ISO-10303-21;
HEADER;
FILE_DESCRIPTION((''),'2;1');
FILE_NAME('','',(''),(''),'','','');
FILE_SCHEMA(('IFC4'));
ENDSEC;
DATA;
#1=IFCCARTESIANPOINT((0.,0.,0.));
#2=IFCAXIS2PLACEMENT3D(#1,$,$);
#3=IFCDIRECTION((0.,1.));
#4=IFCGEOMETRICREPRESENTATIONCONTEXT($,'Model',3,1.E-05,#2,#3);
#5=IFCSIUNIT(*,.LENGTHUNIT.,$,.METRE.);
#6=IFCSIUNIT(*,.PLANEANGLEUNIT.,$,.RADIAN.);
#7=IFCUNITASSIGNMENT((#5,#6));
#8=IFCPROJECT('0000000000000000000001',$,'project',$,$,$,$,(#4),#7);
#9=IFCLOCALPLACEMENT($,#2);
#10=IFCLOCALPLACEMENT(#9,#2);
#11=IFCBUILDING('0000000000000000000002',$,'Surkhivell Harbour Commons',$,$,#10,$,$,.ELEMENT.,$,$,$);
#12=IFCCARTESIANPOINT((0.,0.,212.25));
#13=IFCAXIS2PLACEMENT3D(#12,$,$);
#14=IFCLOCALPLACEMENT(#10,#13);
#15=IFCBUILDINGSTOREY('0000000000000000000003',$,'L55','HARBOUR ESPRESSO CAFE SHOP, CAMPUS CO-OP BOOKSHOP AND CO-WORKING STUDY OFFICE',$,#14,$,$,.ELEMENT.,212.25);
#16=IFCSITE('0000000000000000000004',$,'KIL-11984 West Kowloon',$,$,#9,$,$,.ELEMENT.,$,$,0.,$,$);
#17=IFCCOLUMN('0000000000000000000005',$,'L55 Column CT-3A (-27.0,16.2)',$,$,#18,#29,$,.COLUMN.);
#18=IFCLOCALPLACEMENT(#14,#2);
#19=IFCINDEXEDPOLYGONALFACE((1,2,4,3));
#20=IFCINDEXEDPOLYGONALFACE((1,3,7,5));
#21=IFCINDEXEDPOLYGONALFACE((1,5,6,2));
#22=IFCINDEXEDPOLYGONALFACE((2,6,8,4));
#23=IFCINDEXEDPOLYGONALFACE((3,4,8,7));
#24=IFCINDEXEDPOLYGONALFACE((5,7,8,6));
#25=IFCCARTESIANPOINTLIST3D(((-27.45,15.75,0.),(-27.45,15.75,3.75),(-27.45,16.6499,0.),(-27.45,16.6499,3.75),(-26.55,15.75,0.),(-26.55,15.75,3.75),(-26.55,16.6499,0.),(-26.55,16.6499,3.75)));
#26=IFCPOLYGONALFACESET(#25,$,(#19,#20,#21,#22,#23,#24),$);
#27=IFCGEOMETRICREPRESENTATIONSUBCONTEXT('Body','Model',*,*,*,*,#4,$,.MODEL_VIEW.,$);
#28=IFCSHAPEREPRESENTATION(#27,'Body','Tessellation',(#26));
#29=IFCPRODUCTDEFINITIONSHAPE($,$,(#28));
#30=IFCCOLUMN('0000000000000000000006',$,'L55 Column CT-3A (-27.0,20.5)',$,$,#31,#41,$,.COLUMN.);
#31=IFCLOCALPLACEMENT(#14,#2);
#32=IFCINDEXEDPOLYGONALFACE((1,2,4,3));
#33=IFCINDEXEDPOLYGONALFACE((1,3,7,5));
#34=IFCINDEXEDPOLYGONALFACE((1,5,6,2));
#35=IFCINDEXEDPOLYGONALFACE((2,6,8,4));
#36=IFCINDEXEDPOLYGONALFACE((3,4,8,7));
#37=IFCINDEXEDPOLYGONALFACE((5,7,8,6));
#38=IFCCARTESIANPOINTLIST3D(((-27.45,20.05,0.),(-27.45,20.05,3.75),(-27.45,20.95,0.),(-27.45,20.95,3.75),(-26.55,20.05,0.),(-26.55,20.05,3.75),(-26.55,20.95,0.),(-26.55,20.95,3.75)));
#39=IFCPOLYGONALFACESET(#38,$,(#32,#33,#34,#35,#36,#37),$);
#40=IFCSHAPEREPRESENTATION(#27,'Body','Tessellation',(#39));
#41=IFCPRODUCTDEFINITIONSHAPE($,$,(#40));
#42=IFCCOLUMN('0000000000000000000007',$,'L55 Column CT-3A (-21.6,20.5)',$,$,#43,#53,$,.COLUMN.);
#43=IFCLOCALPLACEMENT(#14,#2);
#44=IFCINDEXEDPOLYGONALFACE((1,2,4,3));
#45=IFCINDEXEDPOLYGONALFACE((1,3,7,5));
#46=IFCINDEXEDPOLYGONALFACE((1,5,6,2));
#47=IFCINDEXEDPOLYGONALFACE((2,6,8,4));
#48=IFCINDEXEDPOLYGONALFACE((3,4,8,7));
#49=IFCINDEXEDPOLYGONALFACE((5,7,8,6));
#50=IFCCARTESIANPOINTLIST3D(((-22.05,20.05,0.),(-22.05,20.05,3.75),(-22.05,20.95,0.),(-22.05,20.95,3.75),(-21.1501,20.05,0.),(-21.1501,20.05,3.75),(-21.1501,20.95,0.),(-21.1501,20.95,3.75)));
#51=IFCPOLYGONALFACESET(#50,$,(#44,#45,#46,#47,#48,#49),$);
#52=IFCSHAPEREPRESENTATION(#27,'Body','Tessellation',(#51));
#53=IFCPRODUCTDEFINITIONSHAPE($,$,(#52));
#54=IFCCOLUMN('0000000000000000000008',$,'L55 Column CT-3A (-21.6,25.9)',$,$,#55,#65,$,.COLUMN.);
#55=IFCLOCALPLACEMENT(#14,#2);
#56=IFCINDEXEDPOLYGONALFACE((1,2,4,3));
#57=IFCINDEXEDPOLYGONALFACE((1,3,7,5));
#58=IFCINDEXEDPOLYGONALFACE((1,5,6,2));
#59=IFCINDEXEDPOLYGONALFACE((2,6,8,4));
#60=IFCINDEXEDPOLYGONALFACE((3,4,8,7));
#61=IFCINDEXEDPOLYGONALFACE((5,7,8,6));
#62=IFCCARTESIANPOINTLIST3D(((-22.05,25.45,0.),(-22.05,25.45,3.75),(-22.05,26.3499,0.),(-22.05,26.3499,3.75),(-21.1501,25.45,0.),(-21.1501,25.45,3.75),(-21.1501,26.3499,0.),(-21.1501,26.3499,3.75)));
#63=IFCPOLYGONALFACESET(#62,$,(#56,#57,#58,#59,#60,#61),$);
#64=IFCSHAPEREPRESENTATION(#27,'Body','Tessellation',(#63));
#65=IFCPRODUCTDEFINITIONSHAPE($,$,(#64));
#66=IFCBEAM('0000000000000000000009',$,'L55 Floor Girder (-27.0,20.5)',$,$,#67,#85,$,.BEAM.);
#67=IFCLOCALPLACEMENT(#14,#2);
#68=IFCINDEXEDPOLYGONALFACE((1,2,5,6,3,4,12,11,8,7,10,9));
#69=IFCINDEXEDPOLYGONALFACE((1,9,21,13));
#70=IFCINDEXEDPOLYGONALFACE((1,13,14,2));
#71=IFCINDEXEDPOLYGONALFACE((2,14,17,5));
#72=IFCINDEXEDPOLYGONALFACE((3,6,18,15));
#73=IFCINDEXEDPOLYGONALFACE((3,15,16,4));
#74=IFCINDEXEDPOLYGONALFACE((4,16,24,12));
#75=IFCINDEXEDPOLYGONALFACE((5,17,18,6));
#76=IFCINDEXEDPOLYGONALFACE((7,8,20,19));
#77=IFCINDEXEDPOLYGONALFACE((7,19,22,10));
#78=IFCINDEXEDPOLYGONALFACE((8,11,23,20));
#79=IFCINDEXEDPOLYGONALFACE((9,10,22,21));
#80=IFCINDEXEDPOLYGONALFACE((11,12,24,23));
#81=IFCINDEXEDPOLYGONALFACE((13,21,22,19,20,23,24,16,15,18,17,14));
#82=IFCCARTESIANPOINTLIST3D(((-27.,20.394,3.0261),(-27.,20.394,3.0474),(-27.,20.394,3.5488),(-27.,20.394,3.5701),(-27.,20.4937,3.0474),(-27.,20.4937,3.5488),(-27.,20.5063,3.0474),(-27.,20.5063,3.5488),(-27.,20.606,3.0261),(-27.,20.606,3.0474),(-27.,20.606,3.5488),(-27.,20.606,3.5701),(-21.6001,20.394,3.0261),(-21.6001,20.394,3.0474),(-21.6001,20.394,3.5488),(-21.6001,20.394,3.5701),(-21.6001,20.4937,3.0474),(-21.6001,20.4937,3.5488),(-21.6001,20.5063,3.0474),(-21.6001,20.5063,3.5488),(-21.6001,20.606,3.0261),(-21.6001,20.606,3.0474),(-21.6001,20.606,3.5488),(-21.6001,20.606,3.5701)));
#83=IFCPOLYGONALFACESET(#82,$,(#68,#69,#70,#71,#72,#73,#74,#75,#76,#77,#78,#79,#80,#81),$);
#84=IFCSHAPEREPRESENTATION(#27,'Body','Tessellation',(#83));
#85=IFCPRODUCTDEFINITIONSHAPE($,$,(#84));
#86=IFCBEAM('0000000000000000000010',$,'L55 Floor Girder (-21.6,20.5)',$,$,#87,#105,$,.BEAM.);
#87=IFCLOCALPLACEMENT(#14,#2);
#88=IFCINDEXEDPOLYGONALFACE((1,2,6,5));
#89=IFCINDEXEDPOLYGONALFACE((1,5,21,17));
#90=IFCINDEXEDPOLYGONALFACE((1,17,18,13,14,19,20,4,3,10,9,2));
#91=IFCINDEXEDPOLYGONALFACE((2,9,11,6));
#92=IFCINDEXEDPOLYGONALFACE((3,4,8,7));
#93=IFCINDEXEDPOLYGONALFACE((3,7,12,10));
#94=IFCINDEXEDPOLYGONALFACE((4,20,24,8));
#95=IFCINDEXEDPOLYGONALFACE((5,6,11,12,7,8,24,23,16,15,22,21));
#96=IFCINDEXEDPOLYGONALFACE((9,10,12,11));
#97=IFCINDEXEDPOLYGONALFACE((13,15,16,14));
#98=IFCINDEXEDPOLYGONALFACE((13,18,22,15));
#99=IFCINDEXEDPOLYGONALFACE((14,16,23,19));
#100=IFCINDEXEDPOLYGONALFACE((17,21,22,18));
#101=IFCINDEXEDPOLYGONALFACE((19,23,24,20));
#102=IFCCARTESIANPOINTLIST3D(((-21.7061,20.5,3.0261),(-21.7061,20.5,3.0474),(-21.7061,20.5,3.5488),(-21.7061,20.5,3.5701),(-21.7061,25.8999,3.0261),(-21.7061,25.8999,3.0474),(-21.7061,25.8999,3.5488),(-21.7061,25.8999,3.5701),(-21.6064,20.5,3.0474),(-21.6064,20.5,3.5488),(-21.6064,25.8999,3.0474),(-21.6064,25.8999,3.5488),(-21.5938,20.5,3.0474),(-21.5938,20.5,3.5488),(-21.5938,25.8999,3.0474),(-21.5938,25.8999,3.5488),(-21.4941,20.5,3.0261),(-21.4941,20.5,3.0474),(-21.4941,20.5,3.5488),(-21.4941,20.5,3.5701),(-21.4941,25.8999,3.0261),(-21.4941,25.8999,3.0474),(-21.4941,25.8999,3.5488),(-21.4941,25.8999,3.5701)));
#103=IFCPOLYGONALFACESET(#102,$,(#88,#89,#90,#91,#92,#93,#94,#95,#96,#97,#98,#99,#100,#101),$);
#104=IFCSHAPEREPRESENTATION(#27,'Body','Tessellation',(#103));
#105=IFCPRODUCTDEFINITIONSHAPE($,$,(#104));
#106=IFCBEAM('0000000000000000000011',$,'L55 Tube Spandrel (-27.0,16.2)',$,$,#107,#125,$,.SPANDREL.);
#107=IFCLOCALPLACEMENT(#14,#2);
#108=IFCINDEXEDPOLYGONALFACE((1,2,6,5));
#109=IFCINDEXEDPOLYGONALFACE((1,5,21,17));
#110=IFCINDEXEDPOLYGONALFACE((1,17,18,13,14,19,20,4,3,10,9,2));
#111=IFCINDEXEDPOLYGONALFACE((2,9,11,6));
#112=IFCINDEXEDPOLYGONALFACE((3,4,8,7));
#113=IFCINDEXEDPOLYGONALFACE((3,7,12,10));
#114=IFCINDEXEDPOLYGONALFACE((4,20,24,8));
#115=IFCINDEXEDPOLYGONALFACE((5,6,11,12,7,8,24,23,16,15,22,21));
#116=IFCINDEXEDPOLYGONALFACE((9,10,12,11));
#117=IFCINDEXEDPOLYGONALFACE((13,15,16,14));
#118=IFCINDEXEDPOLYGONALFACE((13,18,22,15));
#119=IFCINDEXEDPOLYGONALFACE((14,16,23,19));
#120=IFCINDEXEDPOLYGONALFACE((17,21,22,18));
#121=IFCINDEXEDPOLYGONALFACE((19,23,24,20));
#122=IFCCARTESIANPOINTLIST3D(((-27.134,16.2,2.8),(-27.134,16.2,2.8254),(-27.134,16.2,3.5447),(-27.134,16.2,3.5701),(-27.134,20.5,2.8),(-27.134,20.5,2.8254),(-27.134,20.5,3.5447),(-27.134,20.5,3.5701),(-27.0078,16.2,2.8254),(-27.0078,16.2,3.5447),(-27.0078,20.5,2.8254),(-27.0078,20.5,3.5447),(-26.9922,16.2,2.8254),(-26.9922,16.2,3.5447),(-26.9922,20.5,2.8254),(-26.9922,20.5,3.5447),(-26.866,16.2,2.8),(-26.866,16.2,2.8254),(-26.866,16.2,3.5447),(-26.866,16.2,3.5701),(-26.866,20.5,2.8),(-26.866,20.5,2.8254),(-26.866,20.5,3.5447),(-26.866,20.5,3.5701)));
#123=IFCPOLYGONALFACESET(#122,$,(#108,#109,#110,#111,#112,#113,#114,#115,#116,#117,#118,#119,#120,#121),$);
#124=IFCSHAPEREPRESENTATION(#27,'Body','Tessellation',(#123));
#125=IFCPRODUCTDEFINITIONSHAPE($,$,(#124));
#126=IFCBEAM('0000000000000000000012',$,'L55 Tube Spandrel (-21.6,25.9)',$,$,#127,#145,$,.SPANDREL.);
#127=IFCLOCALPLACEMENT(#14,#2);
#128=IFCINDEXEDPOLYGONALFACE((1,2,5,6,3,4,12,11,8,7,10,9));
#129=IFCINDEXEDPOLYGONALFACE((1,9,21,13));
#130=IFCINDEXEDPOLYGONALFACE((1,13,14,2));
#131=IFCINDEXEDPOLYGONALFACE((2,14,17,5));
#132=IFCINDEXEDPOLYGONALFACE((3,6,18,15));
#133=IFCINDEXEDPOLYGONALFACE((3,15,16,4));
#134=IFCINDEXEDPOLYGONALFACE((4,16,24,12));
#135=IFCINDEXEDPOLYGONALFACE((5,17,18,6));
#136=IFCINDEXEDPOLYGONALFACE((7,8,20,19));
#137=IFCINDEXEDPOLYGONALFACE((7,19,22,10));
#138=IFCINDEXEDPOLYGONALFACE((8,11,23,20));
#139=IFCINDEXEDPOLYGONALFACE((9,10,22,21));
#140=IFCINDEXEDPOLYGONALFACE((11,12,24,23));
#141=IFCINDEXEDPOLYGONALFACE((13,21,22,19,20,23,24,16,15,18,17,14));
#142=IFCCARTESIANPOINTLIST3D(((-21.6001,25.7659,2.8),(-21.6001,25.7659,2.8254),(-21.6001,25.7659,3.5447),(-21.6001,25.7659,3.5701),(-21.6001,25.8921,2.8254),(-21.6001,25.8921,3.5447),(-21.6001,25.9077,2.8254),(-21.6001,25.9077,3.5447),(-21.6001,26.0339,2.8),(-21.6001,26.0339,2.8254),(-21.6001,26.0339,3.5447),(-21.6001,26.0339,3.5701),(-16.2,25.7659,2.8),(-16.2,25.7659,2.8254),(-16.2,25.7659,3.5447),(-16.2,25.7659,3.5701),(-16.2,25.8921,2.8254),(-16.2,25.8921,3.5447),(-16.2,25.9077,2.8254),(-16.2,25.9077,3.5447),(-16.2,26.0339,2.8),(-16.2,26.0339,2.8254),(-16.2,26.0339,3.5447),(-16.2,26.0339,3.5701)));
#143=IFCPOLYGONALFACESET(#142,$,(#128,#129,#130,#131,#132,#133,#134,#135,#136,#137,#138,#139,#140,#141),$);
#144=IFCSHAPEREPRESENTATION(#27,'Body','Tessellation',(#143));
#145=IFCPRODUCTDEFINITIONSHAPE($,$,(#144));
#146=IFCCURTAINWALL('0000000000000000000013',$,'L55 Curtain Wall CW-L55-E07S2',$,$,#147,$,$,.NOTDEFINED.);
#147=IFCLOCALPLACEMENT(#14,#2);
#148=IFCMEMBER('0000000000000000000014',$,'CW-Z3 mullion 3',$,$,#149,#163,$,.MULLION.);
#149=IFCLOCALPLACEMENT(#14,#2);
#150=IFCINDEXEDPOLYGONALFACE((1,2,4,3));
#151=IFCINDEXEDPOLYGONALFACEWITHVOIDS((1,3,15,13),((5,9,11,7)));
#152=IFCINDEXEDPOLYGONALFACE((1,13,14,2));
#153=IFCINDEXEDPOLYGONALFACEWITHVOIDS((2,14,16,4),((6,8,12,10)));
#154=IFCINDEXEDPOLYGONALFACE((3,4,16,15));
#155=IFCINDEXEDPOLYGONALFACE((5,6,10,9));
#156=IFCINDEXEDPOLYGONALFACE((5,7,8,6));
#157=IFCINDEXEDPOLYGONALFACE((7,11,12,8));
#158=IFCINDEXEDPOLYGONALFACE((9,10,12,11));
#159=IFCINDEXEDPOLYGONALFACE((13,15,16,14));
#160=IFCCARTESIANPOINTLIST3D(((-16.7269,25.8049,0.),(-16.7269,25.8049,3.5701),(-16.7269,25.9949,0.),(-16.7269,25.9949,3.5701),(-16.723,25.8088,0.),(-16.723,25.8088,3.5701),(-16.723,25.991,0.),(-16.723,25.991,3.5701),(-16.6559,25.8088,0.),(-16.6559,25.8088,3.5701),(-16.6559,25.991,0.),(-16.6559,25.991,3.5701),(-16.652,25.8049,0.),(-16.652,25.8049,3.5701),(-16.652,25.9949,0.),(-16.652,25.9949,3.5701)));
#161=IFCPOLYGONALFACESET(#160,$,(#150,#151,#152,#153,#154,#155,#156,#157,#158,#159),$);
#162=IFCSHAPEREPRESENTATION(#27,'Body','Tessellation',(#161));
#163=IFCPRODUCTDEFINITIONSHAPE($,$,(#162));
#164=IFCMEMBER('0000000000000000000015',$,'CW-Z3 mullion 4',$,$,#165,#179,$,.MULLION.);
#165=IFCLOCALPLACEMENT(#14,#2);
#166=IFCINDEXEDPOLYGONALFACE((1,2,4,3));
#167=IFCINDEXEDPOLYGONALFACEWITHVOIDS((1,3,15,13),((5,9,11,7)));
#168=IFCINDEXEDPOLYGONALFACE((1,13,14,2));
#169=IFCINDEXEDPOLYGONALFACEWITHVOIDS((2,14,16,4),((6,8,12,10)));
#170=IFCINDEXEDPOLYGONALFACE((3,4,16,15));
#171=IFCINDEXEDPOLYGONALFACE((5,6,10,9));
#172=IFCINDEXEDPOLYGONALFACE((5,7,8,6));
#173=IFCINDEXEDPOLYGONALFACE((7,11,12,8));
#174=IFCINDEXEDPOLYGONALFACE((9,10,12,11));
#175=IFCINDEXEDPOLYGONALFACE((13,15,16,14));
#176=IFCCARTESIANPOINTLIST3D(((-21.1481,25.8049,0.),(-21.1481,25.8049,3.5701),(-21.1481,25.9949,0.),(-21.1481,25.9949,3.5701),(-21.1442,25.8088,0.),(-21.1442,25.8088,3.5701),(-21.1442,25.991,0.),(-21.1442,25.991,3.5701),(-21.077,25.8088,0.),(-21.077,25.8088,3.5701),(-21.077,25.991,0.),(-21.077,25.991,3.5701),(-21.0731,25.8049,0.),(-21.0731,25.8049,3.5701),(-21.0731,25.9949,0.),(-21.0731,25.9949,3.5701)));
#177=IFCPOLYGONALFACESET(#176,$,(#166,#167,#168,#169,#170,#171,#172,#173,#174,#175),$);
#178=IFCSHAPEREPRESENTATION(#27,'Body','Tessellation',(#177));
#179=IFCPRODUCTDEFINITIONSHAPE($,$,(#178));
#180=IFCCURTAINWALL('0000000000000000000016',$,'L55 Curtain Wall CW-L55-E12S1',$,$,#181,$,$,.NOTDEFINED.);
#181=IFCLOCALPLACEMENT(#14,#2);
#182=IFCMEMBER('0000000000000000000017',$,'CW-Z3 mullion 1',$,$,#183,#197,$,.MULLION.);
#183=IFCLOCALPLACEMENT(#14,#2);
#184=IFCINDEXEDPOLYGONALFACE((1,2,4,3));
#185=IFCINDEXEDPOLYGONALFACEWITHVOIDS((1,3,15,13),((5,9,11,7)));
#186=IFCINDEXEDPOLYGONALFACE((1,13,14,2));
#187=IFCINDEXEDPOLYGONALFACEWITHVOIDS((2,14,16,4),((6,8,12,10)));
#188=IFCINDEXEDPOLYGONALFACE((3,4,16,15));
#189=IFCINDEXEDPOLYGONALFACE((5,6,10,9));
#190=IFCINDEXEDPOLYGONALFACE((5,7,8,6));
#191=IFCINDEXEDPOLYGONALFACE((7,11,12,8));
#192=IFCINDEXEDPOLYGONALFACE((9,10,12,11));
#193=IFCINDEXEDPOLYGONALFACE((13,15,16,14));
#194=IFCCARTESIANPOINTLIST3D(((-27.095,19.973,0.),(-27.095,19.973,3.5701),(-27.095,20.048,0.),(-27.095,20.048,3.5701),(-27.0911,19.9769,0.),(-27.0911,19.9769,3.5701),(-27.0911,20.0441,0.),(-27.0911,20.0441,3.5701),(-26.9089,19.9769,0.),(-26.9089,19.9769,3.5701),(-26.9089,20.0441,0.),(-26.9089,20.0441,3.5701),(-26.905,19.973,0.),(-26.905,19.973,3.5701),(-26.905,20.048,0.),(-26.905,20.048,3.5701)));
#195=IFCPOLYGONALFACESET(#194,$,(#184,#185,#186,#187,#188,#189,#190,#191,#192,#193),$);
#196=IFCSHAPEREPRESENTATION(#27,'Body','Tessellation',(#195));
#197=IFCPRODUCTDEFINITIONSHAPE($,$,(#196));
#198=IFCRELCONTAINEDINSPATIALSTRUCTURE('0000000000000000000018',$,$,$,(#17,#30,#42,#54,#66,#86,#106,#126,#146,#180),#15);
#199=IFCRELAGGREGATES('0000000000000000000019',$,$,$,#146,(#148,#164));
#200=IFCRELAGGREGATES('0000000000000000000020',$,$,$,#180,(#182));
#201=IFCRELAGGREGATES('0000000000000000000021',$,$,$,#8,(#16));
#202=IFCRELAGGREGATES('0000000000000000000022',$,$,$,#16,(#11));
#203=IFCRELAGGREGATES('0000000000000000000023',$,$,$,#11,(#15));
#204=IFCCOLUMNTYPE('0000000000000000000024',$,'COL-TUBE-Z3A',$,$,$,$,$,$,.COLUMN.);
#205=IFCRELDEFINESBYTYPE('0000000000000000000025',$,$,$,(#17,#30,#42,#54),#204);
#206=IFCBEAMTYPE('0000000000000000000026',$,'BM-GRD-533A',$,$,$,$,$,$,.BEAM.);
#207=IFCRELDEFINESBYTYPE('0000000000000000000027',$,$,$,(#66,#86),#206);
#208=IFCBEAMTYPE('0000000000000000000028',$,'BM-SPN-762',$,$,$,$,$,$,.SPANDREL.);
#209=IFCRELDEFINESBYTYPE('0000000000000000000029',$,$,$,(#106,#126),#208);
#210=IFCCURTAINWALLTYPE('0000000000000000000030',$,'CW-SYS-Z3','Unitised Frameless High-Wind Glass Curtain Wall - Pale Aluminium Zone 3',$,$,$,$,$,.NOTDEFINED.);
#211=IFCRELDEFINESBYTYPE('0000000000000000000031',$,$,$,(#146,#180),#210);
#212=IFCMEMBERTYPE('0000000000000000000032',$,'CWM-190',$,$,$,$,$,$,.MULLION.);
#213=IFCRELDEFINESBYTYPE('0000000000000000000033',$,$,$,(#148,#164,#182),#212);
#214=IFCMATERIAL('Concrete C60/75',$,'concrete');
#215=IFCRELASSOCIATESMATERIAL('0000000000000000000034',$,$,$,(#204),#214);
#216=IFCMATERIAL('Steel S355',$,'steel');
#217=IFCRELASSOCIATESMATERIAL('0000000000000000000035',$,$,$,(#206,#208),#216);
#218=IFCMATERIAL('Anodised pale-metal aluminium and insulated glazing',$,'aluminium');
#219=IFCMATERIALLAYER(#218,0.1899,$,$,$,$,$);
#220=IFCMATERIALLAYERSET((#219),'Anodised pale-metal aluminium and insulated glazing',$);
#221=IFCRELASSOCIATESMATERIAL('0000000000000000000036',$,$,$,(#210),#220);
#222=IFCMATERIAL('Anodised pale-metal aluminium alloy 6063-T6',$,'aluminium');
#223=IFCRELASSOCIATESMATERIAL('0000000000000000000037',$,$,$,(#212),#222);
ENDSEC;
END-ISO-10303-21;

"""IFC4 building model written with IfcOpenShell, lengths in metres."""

from ifc_helpers import new_model, si_unit, direction, frame, origin, origin_2d, place, context, subcontext, project, spatial, rectangle, hollow_rectangle, i_section, extrude, material, layer, layer_set, material_profile, profile_set, type_object, element, aggregate, save


model = new_model("IFC4")

# Units and contexts
model_context = context("Model", 3, precision=1e-05, world=origin(), true_north=direction((0.0, 1.0)))
body_context = subcontext(model_context, "Body", "Model", "MODEL_VIEW")
ifc_project = project(units=[si_unit("LENGTHUNIT", "METRE"), si_unit("PLANEANGLEUNIT", "RADIAN")], contexts=[model_context])

# Site, building, storey
site_placement = place(None, origin())
site = spatial("IfcSite", under=ifc_project, at=site_placement, Name="KIL-11984 West Kowloon", CompositionType="ELEMENT", RefElevation=0.0)
building_placement = place(site_placement, origin())
building = spatial("IfcBuilding", under=site, at=building_placement, Name="Surkhivell Harbour Commons", CompositionType="ELEMENT")
storey_placement = place(building_placement, frame((0.0, 0.0, 212.25)))
storey = spatial("IfcBuildingStorey", under=building, at=storey_placement, Name="L55", Description="HARBOUR ESPRESSO CAFE SHOP, CAMPUS CO-OP BOOKSHOP AND CO-WORKING STUDY OFFICE", CompositionType="ELEMENT", Elevation=212.25)

# Columns
ifc_material_1 = material(Name="Concrete C60/75", Category="concrete")
ifc_material_profile_1 = material_profile(ifc_material_1, rectangle(XDim=0.8999, YDim=0.8999, at=origin_2d()), Name="RC-COL-900x900")
ifc_profile_set_1 = profile_set([ifc_material_profile_1], Name="Concrete C60/75")
column_type = type_object("IfcColumnType", Name="COL-TUBE-Z3A", PredefinedType="COLUMN", material=ifc_profile_set_1)
for number, where, z_axis, x_axis, name in (
    (1, (-27.0, 16.2, 0.0), (0.0, 0.0, 1.0), (1.0, 0.0, 0.0), "L55 Column CT-3A (-27.0,16.2)"),
    (2, (-27.0, 20.5, 0.0), (0.0, 0.0, 1.0), (1.0, 0.0, 0.0), "L55 Column CT-3A (-27.0,20.5)"),
    (3, (-21.6001, 20.5, 0.0), (0.0, 0.0, 1.0), (1.0, 0.0, 0.0), "L55 Column CT-3A (-21.6,20.5)"),
    (4, (-21.6001, 25.8999, 0.0), (0.0, 0.0, 1.0), (1.0, 0.0, 0.0), "L55 Column CT-3A (-21.6,25.9)"),
):
    element("IfcColumn", number, at=place(storey_placement, frame(where, z_axis=z_axis, x_axis=x_axis)), inside=storey, type_object=column_type, Name=name, PredefinedType="COLUMN", context=body_context, shape_type="SweptSolid", body=[
        extrude(rectangle(XDim=0.8999, YDim=0.8999, at=origin_2d()), origin(), (0.0, 0.0, 1.0), 3.75),
    ])

# Beams
ifc_material_2 = material(Name="Steel S355", Category="steel")
ifc_material_profile_2 = material_profile(ifc_material_2, i_section(OverallWidth=0.2119, OverallDepth=0.5439, WebThickness=0.0127, FlangeThickness=0.0212, at=origin_2d()), Name="UB533x210x122")
ifc_profile_set_2 = profile_set([ifc_material_profile_2], Name="Steel S355")
beam_type_1 = type_object("IfcBeamType", Name="BM-GRD-533A", PredefinedType="BEAM", material=ifc_profile_set_2)
for number, where, z_axis, x_axis, name in (
    (5, (-27.0, 20.5, 3.2981), (1.0, 0.0, 0.0), (0.0, 1.0, 0.0), "L55 Floor Girder (-27.0,20.5)"),
    (6, (-21.6001, 20.5, 3.2981), (0.0, 1.0, 0.0), (-1.0, 0.0, 0.0), "L55 Floor Girder (-21.6,20.5)"),
):
    element("IfcBeam", number, at=place(storey_placement, frame(where, z_axis=z_axis, x_axis=x_axis)), inside=storey, type_object=beam_type_1, Name=name, PredefinedType="BEAM", context=body_context, shape_type="SweptSolid", body=[
        extrude(i_section(OverallWidth=0.2119, OverallDepth=0.5439, WebThickness=0.0127, FlangeThickness=0.0212, at=origin_2d()), origin(), (0.0, 0.0, 1.0), 5.3999),
    ])
ifc_material_profile_3 = material_profile(ifc_material_2, i_section(OverallWidth=0.2681, OverallDepth=0.77, WebThickness=0.0156, FlangeThickness=0.0254, at=origin_2d()), Name="UB762x267x197")
ifc_profile_set_3 = profile_set([ifc_material_profile_3], Name="Steel S355")
beam_type_2 = type_object("IfcBeamType", Name="BM-SPN-762", PredefinedType="SPANDREL", material=ifc_profile_set_3)
beam_1_placement = place(storey_placement, frame((-27.0, 16.2, 3.1851), z_axis=(0.0, 1.0, 0.0), x_axis=(-1.0, 0.0, 0.0)))
element("IfcBeam", 7, at=beam_1_placement, inside=storey, type_object=beam_type_2, Name="L55 Tube Spandrel (-27.0,16.2)", PredefinedType="SPANDREL", context=body_context, shape_type="SweptSolid", body=[
    extrude(i_section(OverallWidth=0.2681, OverallDepth=0.77, WebThickness=0.0156, FlangeThickness=0.0254, at=origin_2d()), origin(), (0.0, 0.0, 1.0), 4.3),
])
beam_2_placement = place(storey_placement, frame((-21.6001, 25.8999, 3.1851), z_axis=(1.0, 0.0, 0.0), x_axis=(0.0, 1.0, 0.0)))
element("IfcBeam", 8, at=beam_2_placement, inside=storey, type_object=beam_type_2, Name="L55 Tube Spandrel (-21.6,25.9)", PredefinedType="SPANDREL", context=body_context, shape_type="SweptSolid", body=[
    extrude(i_section(OverallWidth=0.2681, OverallDepth=0.77, WebThickness=0.0156, FlangeThickness=0.0254, at=origin_2d()), origin(), (0.0, 0.0, 1.0), 5.4001),
])

# Curtain walls, members
ifc_material_3 = material(Name="Anodised pale-metal aluminium and insulated glazing", Category="aluminium")
ifc_layer_1 = layer(ifc_material_3, 0.1899)
ifc_layer_set_1 = layer_set([ifc_layer_1], Name="Anodised pale-metal aluminium and insulated glazing")
curtain_wall_type = type_object("IfcCurtainWallType", Name="CW-SYS-Z3", Description="Unitised Frameless High-Wind Glass Curtain Wall - Pale Aluminium Zone 3", PredefinedType="NOTDEFINED", material=ifc_layer_set_1)
curtain_wall_1_placement = place(storey_placement, origin())
curtain_wall_1 = element("IfcCurtainWall", 9, at=curtain_wall_1_placement, inside=storey, type_object=curtain_wall_type, Name="L55 Curtain Wall CW-L55-E07S2", PredefinedType="NOTDEFINED")
ifc_material_4 = material(Name="Anodised pale-metal aluminium alloy 6063-T6", Category="aluminium")
ifc_material_profile_4 = material_profile(ifc_material_4, hollow_rectangle(XDim=0.075, YDim=0.1899, WallThickness=0.0039, at=origin_2d()), Name="ALU-MULL-75x190")
ifc_profile_set_4 = profile_set([ifc_material_profile_4], Name="Anodised pale-metal aluminium alloy 6063-T6")
member_type_1 = type_object("IfcMemberType", Name="CWM-190", PredefinedType="MULLION", material=ifc_profile_set_4)
member_1_placement = place(storey_placement, frame((-16.6895, 25.8999, 0.0), z_axis=(0.0, 0.0, 1.0), x_axis=(-1.0, 0.0, 0.0)))
member_1 = element("IfcMember", 10, at=member_1_placement, type_object=member_type_1, Name="CW-Z3 mullion 3", PredefinedType="MULLION", context=body_context, shape_type="SweptSolid", body=[
    extrude(hollow_rectangle(XDim=0.075, YDim=0.1899, WallThickness=0.0039, at=origin_2d()), origin(), (0.0, 0.0, 1.0), 3.5701),
])
member_2_placement = place(storey_placement, frame((-21.1106, 25.8999, 0.0), z_axis=(0.0, 0.0, 1.0), x_axis=(-1.0, 0.0, 0.0)))
member_2 = element("IfcMember", 11, at=member_2_placement, type_object=member_type_1, Name="CW-Z3 mullion 4", PredefinedType="MULLION", context=body_context, shape_type="SweptSolid", body=[
    extrude(hollow_rectangle(XDim=0.075, YDim=0.1899, WallThickness=0.0039, at=origin_2d()), origin(), (0.0, 0.0, 1.0), 3.5701),
])
curtain_wall_2_placement = place(storey_placement, origin())
curtain_wall_2 = element("IfcCurtainWall", 12, at=curtain_wall_2_placement, inside=storey, type_object=curtain_wall_type, Name="L55 Curtain Wall CW-L55-E12S1", PredefinedType="NOTDEFINED")
member_3_placement = place(storey_placement, frame((-27.0, 20.0105, 0.0), z_axis=(0.0, 0.0, 1.0), x_axis=(0.0, -1.0, 0.0)))
member_3 = element("IfcMember", 13, at=member_3_placement, type_object=member_type_1, Name="CW-Z3 mullion 1", PredefinedType="MULLION", context=body_context, shape_type="SweptSolid", body=[
    extrude(hollow_rectangle(XDim=0.075, YDim=0.1899, WallThickness=0.0039, at=origin_2d()), origin(), (0.0, 0.0, 1.0), 3.5701),
])

aggregate(curtain_wall_1, [member_1, member_2])
aggregate(curtain_wall_2, [member_3])

save(model, "model.ifc")
